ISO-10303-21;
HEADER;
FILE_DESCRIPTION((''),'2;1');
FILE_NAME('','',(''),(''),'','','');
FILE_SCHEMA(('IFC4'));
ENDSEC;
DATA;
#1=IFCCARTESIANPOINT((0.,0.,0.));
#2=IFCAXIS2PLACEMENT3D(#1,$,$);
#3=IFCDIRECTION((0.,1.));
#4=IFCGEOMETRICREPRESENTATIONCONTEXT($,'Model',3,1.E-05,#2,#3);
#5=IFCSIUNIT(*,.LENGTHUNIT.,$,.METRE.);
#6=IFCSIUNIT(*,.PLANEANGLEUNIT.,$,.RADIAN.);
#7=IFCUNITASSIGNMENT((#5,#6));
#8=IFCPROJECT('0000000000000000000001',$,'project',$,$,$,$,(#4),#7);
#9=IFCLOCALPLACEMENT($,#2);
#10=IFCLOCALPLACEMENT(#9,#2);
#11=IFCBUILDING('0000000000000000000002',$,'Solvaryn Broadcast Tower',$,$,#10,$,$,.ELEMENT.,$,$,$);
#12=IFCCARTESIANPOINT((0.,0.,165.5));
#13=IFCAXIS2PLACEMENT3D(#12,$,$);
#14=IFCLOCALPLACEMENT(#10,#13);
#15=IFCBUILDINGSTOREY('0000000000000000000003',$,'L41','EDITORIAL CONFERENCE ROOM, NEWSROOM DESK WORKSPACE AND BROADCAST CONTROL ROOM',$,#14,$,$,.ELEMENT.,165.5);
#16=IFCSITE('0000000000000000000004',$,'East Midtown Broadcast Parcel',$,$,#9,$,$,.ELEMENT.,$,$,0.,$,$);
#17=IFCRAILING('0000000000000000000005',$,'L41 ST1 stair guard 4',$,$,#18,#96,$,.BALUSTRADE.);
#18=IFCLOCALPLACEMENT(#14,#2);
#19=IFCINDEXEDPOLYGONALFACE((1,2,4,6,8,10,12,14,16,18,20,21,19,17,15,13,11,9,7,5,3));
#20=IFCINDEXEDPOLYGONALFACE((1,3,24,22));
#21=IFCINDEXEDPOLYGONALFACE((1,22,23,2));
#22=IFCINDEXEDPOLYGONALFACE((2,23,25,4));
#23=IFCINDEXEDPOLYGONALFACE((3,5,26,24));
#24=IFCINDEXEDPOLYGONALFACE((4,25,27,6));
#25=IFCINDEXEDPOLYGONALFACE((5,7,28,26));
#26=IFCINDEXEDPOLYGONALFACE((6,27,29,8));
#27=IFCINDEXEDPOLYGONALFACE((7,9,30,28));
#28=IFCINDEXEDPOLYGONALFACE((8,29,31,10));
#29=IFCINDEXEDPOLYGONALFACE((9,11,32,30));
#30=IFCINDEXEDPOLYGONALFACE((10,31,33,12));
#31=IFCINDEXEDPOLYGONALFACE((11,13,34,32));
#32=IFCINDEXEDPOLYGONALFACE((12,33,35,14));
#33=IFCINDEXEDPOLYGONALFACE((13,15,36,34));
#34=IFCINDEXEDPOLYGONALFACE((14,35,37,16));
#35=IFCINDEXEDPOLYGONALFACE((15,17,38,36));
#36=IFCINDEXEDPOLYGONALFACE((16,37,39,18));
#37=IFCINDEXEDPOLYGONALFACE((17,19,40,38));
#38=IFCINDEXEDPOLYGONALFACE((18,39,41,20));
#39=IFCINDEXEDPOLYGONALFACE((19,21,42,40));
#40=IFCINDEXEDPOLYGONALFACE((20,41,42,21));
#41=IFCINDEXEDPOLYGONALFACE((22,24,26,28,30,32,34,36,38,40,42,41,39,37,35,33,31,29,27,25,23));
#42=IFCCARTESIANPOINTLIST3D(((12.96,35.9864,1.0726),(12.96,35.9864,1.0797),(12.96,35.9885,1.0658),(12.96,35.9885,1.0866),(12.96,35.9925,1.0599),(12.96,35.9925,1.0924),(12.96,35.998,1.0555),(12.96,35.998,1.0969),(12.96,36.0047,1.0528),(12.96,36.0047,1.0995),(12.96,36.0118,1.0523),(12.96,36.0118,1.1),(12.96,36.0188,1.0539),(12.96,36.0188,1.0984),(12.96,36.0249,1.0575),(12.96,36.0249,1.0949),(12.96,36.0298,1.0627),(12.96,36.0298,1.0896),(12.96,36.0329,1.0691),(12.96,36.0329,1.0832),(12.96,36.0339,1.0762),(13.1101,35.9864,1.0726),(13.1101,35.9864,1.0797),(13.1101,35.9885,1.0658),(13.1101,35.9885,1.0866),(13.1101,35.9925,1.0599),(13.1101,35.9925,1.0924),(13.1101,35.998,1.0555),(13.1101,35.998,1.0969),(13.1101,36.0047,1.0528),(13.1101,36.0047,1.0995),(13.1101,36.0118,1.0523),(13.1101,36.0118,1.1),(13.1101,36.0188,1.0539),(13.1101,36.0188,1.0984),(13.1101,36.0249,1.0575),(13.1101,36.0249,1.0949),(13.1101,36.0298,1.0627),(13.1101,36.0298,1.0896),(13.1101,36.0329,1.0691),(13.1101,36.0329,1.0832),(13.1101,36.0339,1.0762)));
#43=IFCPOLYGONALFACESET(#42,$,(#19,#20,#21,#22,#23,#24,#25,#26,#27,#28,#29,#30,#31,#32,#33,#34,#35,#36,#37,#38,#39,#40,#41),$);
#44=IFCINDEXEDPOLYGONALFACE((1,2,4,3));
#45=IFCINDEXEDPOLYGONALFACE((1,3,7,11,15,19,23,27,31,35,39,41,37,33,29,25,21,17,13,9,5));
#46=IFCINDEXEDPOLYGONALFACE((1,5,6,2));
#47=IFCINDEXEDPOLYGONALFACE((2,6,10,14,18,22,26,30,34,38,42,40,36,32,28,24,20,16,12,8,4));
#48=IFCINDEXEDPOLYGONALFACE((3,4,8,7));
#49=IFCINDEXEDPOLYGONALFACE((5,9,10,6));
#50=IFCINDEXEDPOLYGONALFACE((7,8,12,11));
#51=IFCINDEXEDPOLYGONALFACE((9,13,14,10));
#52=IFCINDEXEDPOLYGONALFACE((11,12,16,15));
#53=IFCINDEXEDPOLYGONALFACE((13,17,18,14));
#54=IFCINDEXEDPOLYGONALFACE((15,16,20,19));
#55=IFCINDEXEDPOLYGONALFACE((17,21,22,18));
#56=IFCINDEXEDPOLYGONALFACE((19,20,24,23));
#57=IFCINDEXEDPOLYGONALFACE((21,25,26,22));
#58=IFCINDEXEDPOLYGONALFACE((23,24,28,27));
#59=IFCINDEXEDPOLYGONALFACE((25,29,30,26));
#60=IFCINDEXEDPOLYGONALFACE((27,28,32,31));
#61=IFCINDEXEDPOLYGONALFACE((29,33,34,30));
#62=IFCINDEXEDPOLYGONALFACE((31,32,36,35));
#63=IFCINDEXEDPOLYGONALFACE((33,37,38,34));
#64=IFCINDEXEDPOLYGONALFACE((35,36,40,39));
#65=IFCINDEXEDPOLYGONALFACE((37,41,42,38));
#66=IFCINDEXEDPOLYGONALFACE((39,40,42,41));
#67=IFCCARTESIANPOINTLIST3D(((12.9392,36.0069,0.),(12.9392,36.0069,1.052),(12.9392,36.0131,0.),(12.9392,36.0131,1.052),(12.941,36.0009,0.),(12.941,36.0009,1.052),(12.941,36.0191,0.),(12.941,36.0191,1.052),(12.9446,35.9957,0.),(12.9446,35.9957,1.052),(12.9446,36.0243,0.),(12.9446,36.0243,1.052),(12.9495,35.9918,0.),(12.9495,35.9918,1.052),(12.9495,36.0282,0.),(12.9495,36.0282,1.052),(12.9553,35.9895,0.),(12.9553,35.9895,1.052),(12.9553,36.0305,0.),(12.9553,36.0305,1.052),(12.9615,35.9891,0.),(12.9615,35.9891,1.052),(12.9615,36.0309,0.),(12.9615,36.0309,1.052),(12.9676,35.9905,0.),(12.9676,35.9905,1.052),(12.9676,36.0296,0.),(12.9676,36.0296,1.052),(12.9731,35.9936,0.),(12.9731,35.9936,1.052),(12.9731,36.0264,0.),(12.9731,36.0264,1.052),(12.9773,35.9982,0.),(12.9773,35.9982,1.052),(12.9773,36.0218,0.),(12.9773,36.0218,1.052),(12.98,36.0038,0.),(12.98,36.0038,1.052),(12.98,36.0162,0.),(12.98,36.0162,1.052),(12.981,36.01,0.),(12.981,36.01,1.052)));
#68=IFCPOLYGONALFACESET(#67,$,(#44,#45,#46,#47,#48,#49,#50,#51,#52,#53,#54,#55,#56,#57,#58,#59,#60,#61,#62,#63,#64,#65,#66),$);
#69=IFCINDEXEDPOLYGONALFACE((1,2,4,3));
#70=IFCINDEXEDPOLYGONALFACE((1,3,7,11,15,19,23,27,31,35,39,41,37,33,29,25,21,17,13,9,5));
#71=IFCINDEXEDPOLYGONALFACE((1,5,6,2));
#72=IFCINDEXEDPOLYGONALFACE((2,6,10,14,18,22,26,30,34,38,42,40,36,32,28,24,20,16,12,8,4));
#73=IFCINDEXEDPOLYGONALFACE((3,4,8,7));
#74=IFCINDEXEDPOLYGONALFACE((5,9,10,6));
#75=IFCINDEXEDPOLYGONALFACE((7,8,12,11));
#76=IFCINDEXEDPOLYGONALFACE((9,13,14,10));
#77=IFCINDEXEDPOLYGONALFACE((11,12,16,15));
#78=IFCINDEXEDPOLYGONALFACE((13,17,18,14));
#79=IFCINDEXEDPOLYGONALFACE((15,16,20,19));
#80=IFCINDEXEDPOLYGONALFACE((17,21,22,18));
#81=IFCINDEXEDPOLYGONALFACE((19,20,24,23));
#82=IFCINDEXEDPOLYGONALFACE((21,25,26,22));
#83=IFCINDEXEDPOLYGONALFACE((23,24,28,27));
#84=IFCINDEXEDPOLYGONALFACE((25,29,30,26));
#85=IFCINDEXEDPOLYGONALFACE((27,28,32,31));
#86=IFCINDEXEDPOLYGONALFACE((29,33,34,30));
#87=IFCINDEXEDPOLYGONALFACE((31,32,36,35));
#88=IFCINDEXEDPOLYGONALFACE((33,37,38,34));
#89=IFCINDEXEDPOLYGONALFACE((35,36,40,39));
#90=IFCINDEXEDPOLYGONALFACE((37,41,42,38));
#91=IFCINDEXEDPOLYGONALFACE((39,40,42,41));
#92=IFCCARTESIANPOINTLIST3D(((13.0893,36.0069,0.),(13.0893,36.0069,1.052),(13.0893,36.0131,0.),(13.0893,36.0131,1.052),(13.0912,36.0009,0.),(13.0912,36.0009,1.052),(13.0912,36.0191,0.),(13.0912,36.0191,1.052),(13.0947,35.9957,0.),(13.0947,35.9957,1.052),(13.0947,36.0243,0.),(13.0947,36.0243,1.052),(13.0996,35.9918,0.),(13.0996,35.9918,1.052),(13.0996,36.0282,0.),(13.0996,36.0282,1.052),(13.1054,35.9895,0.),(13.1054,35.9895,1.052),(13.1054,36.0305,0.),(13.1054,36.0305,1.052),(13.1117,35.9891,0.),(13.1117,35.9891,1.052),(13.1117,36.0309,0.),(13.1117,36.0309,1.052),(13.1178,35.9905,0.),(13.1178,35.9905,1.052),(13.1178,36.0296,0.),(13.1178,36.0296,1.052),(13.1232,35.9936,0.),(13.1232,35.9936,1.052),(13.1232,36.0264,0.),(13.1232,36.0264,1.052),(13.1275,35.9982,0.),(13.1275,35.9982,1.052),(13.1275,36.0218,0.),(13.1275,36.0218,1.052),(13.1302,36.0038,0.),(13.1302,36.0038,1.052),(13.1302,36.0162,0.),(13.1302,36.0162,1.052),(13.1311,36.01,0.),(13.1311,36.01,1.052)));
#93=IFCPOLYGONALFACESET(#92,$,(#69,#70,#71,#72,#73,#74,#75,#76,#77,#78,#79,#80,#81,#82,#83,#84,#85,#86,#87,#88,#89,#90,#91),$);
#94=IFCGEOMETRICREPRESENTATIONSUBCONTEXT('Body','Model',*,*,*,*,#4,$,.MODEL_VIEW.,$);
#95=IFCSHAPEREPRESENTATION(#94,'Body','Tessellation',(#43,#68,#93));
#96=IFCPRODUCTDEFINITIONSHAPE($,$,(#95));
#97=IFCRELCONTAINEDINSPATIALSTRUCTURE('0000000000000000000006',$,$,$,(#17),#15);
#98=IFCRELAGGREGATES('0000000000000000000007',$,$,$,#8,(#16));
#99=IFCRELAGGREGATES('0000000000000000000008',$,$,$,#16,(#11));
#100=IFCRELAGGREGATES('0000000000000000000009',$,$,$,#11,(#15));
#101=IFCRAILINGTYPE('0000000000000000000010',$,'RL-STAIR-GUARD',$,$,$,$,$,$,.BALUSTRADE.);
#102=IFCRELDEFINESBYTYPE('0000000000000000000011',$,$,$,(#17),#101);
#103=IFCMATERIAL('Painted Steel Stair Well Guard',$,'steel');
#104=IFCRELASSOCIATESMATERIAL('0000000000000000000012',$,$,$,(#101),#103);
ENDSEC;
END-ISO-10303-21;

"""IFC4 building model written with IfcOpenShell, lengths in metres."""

from ifc_helpers import new_model, si_unit, direction, frame, origin, origin_2d, place, context, subcontext, project, spatial, circle, extrude, material, type_object, element, save


model = new_model("IFC4")

# Units and contexts
model_context = context("Model", 3, precision=1e-05, world=origin(), true_north=direction((0.0, 1.0)))
body_context = subcontext(model_context, "Body", "Model", "MODEL_VIEW")
ifc_project = project(units=[si_unit("LENGTHUNIT", "METRE"), si_unit("PLANEANGLEUNIT", "RADIAN")], contexts=[model_context])

# Site, building, storey
site_placement = place(None, origin())
site = spatial("IfcSite", under=ifc_project, at=site_placement, Name="East Midtown Broadcast Parcel", CompositionType="ELEMENT", RefElevation=0.0)
building_placement = place(site_placement, origin())
building = spatial("IfcBuilding", under=site, at=building_placement, Name="Solvaryn Broadcast Tower", CompositionType="ELEMENT")
storey_placement = place(building_placement, frame((0.0, 0.0, 165.5)))
storey = spatial("IfcBuildingStorey", under=building, at=storey_placement, Name="L41", Description="EDITORIAL CONFERENCE ROOM, NEWSROOM DESK WORKSPACE AND BROADCAST CONTROL ROOM", CompositionType="ELEMENT", Elevation=165.5)

# Railing
ifc_material_1 = material(Name="Painted Steel Stair Well Guard", Category="steel")
railing_type_1 = type_object("IfcRailingType", Name="RL-STAIR-GUARD", PredefinedType="BALUSTRADE", material=ifc_material_1)
railing_1_placement = place(storey_placement, frame((12.96, 36.01, 0.0)))
element("IfcRailing", 1, at=railing_1_placement, inside=storey, type_object=railing_type_1, Name="L41 ST1 stair guard 4", PredefinedType="BALUSTRADE", context=body_context, shape_type="SweptSolid", body=[
    extrude(circle(Radius=0.0239, at=origin_2d()), frame((0.0, 0.0, 1.0762), z_axis=(1.0, 0.0, 0.0), x_axis=(0.0, 1.0, 0.0)), (0.0, 0.0, 1.0), 0.1501),
    extrude(circle(Radius=0.021, at=origin_2d()), origin(), (0.0, 0.0, 1.0), 1.052),
    extrude(circle(Radius=0.021, at=origin_2d()), frame((0.1501, 0.0, 0.0)), (0.0, 0.0, 1.0), 1.052),
])

save(model, "model.ifc")
